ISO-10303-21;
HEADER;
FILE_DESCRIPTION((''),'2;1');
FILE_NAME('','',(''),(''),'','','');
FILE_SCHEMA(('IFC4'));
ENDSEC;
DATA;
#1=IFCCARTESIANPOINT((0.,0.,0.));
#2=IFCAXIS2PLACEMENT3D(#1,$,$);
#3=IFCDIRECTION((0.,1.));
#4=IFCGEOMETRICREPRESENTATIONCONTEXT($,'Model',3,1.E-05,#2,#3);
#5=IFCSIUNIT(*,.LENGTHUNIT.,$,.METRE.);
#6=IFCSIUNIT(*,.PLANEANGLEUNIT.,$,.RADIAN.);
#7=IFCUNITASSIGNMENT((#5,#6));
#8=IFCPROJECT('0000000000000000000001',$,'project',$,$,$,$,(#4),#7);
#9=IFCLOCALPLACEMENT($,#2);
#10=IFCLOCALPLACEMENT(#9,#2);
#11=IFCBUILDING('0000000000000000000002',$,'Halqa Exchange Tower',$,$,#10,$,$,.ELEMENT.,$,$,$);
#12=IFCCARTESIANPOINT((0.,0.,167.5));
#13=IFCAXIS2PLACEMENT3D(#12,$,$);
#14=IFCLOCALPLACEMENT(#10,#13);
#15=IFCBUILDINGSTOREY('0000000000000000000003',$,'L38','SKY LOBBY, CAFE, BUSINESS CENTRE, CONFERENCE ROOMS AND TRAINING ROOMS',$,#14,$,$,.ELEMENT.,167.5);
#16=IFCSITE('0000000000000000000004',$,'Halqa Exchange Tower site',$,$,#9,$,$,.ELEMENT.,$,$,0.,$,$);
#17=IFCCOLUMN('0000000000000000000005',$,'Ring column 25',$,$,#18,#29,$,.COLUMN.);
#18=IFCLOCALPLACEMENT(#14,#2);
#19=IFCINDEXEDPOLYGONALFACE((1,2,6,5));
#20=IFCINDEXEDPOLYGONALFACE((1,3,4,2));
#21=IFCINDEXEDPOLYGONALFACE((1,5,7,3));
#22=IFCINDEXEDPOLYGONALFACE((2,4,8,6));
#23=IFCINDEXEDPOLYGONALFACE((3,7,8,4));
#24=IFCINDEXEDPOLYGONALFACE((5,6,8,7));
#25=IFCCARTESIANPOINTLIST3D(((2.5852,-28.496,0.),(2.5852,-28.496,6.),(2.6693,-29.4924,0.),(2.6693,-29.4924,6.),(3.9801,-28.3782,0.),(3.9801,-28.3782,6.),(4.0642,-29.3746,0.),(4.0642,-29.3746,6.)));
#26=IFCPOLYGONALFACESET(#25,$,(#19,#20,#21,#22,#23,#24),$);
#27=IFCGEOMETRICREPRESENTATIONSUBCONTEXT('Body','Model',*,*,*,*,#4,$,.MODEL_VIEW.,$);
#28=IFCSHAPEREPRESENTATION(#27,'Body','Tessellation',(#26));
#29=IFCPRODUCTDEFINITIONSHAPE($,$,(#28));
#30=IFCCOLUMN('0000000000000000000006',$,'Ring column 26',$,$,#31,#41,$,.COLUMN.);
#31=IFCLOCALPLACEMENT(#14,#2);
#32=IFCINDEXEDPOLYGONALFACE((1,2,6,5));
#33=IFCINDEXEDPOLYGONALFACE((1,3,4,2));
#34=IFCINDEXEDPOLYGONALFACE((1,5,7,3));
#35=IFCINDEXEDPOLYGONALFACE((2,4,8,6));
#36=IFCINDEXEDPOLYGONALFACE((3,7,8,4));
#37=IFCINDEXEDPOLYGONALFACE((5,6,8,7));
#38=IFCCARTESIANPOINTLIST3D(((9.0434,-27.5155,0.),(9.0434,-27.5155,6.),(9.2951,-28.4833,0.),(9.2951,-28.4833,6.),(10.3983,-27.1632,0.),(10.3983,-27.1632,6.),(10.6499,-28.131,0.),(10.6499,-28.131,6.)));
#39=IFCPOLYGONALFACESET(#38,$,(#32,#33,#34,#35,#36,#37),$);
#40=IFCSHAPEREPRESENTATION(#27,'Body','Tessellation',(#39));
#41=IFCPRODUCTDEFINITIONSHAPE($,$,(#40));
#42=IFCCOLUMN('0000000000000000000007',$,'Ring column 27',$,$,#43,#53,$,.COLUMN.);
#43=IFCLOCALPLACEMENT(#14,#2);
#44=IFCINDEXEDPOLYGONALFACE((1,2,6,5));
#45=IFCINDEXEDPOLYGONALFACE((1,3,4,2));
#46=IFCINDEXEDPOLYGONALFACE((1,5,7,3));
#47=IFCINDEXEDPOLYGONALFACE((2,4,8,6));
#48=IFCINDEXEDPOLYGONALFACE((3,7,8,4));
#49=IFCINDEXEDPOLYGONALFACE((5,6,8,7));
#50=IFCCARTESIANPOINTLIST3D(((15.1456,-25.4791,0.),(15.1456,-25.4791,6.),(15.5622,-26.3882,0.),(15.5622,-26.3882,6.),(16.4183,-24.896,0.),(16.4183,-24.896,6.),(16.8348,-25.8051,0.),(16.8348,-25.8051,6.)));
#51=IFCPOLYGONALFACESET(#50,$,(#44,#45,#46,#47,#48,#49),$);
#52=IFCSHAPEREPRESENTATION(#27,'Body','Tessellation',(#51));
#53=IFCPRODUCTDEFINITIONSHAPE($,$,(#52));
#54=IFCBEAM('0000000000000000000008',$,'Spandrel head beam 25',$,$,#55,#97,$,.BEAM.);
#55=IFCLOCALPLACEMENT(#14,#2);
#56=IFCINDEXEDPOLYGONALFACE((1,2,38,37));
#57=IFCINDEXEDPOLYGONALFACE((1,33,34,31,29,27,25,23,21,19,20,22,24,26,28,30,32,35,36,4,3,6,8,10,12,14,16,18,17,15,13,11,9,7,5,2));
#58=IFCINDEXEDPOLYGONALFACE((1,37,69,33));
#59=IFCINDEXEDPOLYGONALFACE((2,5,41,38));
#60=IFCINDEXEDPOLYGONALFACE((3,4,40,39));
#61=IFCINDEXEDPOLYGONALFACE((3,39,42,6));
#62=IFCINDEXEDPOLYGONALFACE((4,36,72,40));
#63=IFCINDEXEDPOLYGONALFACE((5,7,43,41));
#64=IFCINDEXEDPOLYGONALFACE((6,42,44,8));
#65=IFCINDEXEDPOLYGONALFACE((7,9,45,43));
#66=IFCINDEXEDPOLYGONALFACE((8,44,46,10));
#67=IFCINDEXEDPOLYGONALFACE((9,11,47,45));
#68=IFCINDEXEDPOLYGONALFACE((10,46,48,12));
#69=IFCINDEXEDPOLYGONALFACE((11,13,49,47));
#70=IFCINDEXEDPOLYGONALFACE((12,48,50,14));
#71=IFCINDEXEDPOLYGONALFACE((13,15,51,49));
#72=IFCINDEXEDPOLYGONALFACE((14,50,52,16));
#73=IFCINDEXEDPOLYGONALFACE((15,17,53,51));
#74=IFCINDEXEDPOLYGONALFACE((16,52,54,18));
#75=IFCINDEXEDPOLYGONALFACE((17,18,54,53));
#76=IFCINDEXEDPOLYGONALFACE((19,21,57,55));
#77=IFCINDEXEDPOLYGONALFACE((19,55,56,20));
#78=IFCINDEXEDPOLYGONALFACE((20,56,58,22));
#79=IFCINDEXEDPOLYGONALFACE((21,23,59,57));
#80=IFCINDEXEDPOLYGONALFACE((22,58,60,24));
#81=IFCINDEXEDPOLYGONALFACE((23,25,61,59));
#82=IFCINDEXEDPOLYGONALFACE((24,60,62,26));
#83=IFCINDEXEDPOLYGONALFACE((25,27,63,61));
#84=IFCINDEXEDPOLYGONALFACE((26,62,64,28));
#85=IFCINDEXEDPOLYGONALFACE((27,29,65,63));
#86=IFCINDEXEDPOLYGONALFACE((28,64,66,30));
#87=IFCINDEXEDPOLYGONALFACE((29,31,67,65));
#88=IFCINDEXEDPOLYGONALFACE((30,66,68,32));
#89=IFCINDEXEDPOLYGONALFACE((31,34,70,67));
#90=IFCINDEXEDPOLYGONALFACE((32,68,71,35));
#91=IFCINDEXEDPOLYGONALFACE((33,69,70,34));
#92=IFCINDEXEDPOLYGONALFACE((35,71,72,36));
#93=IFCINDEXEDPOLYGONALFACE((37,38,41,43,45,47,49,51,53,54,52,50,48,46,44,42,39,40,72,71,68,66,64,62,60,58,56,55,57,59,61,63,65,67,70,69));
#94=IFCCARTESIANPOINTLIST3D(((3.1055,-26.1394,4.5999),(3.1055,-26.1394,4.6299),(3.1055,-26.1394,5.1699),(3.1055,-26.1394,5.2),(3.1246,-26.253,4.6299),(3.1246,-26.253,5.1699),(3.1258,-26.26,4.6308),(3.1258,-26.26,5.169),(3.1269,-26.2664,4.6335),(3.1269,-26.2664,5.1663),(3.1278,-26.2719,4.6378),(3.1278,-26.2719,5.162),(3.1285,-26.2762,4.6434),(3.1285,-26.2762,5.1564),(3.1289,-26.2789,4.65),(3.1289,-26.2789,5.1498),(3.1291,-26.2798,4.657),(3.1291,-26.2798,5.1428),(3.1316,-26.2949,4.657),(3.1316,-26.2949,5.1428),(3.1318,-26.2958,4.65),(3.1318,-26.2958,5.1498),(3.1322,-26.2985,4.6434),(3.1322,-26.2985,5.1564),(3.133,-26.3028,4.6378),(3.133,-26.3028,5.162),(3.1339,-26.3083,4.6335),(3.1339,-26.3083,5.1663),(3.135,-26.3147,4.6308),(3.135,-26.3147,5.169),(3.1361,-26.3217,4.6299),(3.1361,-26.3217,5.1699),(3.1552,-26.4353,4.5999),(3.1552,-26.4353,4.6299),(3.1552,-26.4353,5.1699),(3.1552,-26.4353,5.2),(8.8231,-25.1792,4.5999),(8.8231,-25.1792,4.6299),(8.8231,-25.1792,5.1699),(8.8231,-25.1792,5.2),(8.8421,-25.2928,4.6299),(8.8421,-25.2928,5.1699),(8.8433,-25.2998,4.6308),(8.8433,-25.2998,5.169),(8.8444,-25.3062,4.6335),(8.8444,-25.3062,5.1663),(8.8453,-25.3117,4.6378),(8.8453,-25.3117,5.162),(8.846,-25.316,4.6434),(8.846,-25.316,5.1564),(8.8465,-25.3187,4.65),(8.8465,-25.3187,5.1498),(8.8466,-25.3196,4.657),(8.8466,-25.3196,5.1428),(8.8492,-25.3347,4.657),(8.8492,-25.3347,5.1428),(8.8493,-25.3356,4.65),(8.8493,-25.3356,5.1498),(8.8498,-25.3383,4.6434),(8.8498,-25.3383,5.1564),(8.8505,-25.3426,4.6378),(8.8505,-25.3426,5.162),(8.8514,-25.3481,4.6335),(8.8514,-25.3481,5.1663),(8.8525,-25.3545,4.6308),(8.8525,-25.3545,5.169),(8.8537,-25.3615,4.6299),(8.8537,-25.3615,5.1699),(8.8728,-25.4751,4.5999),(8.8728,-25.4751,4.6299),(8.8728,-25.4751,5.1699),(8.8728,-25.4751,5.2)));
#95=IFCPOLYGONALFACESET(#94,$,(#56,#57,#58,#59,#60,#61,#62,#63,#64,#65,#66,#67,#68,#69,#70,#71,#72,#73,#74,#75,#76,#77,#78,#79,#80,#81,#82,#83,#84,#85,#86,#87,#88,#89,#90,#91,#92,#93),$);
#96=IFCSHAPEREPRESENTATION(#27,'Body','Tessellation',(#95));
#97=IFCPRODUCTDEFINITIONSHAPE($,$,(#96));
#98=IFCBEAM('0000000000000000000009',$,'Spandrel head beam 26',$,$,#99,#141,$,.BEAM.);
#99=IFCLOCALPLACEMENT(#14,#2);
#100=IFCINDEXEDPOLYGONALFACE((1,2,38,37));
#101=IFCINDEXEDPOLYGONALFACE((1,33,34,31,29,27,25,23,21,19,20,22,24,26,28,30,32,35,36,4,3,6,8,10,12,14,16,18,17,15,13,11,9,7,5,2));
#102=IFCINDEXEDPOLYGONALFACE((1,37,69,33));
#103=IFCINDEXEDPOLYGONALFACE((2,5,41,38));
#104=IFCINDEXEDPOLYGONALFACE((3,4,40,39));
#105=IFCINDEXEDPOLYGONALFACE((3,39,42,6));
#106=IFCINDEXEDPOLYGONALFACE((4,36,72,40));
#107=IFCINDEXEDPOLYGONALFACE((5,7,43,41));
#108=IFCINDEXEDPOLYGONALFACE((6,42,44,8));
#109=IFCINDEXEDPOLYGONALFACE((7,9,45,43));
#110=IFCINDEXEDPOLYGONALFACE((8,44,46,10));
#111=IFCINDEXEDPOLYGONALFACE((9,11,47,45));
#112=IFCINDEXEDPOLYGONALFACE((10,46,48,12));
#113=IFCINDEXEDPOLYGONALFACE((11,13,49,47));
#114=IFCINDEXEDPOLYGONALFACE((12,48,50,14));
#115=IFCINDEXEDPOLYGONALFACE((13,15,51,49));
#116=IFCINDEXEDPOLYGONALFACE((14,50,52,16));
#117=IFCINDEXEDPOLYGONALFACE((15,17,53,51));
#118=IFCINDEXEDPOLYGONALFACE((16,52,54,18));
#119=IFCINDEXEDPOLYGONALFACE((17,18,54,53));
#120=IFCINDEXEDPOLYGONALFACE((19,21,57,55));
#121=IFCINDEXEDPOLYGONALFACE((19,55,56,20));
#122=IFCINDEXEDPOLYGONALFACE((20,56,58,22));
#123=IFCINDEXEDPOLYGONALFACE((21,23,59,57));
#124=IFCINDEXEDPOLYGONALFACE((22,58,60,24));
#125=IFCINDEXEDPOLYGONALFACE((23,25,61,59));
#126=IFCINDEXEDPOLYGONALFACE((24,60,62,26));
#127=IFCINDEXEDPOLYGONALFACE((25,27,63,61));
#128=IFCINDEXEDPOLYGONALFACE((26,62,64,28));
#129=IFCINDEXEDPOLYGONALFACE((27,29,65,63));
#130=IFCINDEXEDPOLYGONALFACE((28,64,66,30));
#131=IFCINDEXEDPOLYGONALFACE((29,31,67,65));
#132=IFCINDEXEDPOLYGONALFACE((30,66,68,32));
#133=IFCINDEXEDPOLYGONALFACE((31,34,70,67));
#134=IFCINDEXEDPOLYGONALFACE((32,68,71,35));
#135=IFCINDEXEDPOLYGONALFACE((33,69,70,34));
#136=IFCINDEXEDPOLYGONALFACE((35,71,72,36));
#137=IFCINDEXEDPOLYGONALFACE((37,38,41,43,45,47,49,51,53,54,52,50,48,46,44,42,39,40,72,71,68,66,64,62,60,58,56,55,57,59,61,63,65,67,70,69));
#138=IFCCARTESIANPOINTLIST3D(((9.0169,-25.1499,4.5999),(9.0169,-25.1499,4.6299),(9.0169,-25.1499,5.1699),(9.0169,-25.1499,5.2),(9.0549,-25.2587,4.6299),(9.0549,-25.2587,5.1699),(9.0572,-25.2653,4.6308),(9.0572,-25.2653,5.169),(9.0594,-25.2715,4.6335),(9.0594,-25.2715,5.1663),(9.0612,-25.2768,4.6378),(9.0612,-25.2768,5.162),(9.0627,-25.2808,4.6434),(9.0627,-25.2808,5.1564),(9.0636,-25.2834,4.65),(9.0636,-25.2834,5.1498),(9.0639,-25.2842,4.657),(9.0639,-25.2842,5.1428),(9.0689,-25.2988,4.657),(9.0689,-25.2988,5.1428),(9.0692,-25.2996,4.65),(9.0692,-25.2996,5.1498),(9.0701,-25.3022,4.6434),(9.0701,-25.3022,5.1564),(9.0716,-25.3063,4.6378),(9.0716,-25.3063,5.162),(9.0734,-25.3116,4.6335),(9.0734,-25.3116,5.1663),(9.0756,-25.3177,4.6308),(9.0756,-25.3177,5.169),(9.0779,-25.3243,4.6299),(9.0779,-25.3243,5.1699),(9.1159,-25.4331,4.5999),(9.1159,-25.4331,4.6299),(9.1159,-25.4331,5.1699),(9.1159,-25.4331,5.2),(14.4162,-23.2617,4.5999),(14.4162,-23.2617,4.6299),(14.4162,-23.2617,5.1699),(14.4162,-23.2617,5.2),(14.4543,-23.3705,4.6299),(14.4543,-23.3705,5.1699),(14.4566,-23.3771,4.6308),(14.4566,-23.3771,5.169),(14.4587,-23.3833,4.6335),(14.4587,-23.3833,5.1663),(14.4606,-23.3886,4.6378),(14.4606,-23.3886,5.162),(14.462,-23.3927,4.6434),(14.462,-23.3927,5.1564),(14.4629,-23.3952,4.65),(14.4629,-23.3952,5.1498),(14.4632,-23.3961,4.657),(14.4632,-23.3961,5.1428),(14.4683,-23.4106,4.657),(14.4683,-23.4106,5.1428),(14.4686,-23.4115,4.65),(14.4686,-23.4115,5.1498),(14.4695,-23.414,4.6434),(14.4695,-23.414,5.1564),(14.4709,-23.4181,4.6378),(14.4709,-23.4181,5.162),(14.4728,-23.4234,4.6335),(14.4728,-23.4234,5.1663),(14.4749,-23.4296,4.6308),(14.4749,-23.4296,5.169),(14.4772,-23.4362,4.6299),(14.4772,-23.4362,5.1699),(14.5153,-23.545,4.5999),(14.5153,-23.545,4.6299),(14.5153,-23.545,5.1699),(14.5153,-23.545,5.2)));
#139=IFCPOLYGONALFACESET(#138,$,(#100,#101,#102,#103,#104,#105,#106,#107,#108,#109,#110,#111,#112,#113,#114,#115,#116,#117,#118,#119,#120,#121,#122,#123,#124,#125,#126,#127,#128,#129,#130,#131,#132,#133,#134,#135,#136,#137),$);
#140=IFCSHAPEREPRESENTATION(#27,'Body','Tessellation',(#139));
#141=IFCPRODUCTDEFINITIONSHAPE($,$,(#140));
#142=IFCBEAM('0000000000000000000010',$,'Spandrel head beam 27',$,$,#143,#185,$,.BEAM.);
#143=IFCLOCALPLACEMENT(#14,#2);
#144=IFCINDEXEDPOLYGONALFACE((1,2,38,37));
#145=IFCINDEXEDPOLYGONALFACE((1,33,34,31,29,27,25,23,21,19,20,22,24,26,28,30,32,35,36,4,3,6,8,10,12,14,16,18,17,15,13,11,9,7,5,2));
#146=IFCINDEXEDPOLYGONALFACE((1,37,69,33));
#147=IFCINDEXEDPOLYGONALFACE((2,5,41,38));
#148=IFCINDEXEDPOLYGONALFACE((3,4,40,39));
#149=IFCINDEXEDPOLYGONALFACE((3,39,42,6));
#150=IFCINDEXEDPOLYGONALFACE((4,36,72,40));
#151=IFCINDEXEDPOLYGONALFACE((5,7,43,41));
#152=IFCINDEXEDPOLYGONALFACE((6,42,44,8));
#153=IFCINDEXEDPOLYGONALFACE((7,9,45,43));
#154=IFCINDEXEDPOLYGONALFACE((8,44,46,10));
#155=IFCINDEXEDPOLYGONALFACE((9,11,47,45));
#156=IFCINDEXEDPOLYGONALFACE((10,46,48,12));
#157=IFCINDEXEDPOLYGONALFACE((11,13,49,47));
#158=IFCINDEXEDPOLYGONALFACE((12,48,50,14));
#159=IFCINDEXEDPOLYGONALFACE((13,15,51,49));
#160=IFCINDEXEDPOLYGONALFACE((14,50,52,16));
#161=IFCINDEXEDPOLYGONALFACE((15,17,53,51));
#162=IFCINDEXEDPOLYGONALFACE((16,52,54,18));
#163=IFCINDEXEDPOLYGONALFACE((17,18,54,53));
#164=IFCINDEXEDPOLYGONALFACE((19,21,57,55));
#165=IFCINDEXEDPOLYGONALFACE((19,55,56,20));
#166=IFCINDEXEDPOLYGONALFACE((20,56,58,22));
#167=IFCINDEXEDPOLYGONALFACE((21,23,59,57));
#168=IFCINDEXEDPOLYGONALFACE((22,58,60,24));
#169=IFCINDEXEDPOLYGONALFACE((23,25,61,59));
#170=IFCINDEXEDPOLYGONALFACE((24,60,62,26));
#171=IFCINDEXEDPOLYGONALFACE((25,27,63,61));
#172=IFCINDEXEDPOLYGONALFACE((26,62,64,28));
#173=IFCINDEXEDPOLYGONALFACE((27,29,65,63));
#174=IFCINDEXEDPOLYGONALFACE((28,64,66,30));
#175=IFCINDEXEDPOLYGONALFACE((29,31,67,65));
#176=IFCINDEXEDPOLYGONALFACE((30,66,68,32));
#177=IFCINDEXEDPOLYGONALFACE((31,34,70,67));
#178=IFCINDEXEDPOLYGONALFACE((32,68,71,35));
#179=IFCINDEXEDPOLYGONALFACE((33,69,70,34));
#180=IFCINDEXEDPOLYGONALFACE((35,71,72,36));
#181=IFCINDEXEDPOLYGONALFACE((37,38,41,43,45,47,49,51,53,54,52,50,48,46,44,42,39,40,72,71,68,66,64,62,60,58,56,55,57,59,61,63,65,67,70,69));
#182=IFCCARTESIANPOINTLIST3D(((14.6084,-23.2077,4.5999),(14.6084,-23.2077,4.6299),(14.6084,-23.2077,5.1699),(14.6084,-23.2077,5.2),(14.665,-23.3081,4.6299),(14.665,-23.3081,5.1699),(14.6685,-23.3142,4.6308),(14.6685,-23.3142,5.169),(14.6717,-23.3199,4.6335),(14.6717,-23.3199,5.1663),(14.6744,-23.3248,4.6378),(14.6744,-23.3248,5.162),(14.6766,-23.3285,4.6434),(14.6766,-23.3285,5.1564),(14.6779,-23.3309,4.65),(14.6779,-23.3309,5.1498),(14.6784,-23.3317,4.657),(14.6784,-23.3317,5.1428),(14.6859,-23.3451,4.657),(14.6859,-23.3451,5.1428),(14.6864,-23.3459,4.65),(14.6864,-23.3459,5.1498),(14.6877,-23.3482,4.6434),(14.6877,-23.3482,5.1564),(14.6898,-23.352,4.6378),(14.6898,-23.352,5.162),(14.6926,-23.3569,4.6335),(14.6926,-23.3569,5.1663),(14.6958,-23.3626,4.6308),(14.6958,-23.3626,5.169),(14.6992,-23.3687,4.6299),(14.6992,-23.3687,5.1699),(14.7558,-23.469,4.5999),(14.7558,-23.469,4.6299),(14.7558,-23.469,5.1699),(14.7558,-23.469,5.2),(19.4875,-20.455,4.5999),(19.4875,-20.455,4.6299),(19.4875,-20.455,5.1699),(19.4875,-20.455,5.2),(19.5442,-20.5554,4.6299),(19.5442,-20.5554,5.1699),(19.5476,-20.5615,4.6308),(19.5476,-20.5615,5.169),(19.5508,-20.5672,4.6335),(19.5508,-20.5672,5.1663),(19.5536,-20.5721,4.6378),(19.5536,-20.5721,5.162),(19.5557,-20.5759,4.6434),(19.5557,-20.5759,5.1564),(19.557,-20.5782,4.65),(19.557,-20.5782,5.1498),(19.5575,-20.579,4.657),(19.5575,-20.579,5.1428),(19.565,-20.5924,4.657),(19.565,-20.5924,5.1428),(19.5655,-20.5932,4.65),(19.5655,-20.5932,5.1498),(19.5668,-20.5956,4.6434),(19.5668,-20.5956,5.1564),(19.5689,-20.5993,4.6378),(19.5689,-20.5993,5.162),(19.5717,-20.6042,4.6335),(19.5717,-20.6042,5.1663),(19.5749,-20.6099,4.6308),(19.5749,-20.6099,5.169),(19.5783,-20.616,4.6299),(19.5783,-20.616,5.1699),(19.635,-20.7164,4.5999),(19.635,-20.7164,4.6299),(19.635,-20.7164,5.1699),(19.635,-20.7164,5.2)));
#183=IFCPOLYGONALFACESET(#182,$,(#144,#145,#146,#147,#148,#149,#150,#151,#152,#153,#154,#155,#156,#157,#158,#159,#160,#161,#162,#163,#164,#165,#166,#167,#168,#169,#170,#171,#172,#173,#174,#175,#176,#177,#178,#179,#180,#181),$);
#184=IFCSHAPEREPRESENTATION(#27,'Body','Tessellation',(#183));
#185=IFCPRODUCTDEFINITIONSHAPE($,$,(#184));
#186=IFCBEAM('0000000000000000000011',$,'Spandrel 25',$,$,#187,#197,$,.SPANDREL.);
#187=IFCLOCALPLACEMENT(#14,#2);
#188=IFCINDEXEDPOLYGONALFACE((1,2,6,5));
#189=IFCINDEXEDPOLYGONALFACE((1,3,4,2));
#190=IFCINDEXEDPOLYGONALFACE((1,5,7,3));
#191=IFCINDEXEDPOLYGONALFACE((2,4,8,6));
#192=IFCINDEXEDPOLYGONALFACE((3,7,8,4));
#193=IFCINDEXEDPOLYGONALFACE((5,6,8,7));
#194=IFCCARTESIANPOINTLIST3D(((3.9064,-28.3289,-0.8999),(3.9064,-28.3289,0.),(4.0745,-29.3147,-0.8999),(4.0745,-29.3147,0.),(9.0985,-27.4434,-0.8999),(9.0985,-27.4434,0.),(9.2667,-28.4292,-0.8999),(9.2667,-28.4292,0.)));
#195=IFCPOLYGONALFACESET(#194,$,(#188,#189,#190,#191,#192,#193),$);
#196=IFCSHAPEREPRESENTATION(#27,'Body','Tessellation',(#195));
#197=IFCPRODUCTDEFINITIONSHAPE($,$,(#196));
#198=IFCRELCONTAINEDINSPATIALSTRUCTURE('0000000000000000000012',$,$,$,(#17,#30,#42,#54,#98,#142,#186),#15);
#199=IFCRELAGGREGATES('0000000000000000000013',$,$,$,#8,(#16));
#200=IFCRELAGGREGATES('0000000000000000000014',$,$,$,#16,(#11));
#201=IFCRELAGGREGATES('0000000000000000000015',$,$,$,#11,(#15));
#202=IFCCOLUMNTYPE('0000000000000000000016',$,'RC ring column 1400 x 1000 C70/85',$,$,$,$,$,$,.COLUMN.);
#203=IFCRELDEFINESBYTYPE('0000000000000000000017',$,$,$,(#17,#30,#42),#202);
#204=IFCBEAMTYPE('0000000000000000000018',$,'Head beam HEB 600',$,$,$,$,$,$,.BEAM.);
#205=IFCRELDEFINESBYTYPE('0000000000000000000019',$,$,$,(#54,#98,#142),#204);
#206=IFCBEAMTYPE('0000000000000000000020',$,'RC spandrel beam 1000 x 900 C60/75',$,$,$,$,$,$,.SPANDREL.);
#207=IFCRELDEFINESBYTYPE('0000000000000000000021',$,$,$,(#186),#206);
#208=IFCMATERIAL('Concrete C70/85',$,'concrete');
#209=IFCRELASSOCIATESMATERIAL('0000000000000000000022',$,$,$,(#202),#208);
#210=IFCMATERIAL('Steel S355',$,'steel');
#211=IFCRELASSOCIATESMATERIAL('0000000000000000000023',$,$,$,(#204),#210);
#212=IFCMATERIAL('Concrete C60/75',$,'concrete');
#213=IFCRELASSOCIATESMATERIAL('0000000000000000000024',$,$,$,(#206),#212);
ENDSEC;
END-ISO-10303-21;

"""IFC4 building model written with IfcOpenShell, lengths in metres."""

from ifc_helpers import new_model, si_unit, direction, frame, origin, origin_2d, place, context, subcontext, project, spatial, rectangle, i_section, extrude, material, material_profile, profile_set, type_object, element, save


model = new_model("IFC4")

# Units and contexts
model_context = context("Model", 3, precision=1e-05, world=origin(), true_north=direction((0.0, 1.0)))
body_context = subcontext(model_context, "Body", "Model", "MODEL_VIEW")
ifc_project = project(units=[si_unit("LENGTHUNIT", "METRE"), si_unit("PLANEANGLEUNIT", "RADIAN")], contexts=[model_context])

# Site, building, storey
site_placement = place(None, origin())
site = spatial("IfcSite", under=ifc_project, at=site_placement, Name="Halqa Exchange Tower site", CompositionType="ELEMENT", RefElevation=0.0)
building_placement = place(site_placement, origin())
building = spatial("IfcBuilding", under=site, at=building_placement, Name="Halqa Exchange Tower", CompositionType="ELEMENT")
storey_placement = place(building_placement, frame((0.0, 0.0, 167.5)))
storey = spatial("IfcBuildingStorey", under=building, at=storey_placement, Name="L38", Description="SKY LOBBY, CAFE, BUSINESS CENTRE, CONFERENCE ROOMS AND TRAINING ROOMS", CompositionType="ELEMENT", Elevation=167.5)

# Columns
ifc_material_1 = material(Name="Concrete C70/85", Category="concrete")
ifc_material_profile_1 = material_profile(ifc_material_1, rectangle(XDim=1.3999, YDim=1.0, at=origin_2d()), Name="1400 x 1000")
ifc_profile_set_1 = profile_set([ifc_material_profile_1], Name="Concrete C70/85")
column_type = type_object("IfcColumnType", Name="RC ring column 1400 x 1000 C70/85", PredefinedType="COLUMN", material=ifc_profile_set_1)
for number, where, z_axis, x_axis, name in (
    (1, (3.3247, -28.9353, 0.0), (0.0, 0.0, 1.0), (0.996455, 0.084125, 0.0), "Ring column 25"),
    (2, (9.8467, -27.8232, 0.0), (0.0, 0.0, 1.0), (0.96782, 0.251645, 0.0), "Ring column 26"),
    (3, (15.9902, -25.6421, 0.0), (0.0, 0.0, 1.0), (0.909126, 0.41652, 0.0), "Ring column 27"),
):
    element("IfcColumn", number, at=place(storey_placement, frame(where, z_axis=z_axis, x_axis=x_axis)), inside=storey, type_object=column_type, Name=name, PredefinedType="COLUMN", context=body_context, shape_type="SweptSolid", body=[
        extrude(rectangle(XDim=1.3999, YDim=1.0, at=origin_2d()), origin(), (0.0, 0.0, 1.0), 6.0),
    ])

# Beams
ifc_material_2 = material(Name="Steel S355", Category="steel")
ifc_material_profile_2 = material_profile(ifc_material_2, i_section(OverallWidth=0.3, OverallDepth=0.6001, WebThickness=0.0154, FlangeThickness=0.03, FilletRadius=0.0271, at=origin_2d()), Name="HEB 600")
ifc_profile_set_2 = profile_set([ifc_material_profile_2], Name="Steel S355")
beam_type_1 = type_object("IfcBeamType", Name="Head beam HEB 600", PredefinedType="BEAM", material=ifc_profile_set_2)
beam_1_placement = place(storey_placement, frame((3.1304, -26.2874, 4.8999), z_axis=(0.986189, 0.165621, 0.0), x_axis=(-0.165621, 0.986189, 0.0)))
element("IfcBeam", 4, at=beam_1_placement, inside=storey, type_object=beam_type_1, Name="Spandrel head beam 25", PredefinedType="BEAM", context=body_context, shape_type="SweptSolid", body=[
    extrude(i_section(OverallWidth=0.3, OverallDepth=0.6001, WebThickness=0.0154, FlangeThickness=0.03, FilletRadius=0.0271, at=origin_2d()), origin(), (0.0, 0.0, 1.0), 5.7976),
])
beam_2_placement = place(storey_placement, frame((9.0664, -25.2915, 4.8999), z_axis=(0.943946, 0.330099, 0.0), x_axis=(-0.330099, 0.943946, 0.0)))
element("IfcBeam", 5, at=beam_2_placement, inside=storey, type_object=beam_type_1, Name="Spandrel head beam 26", PredefinedType="BEAM", context=body_context, shape_type="SweptSolid", body=[
    extrude(i_section(OverallWidth=0.3, OverallDepth=0.6001, WebThickness=0.0154, FlangeThickness=0.03, FilletRadius=0.0271, at=origin_2d()), origin(), (0.0, 0.0, 1.0), 5.72),
])
beam_3_placement = place(storey_placement, frame((14.6821, -23.3384, 4.8999), z_axis=(0.870952, 0.491368, 0.0), x_axis=(-0.491368, 0.870952, 0.0)))
element("IfcBeam", 6, at=beam_3_placement, inside=storey, type_object=beam_type_1, Name="Spandrel head beam 27", PredefinedType="BEAM", context=body_context, shape_type="SweptSolid", body=[
    extrude(i_section(OverallWidth=0.3, OverallDepth=0.6001, WebThickness=0.0154, FlangeThickness=0.03, FilletRadius=0.0271, at=origin_2d()), origin(), (0.0, 0.0, 1.0), 5.6021),
])
ifc_material_3 = material(Name="Concrete C60/75", Category="concrete")
ifc_material_profile_3 = material_profile(ifc_material_3, rectangle(XDim=1.0, YDim=0.8999, at=origin_2d()), Name="1000 x 900")
ifc_profile_set_3 = profile_set([ifc_material_profile_3], Name="Concrete C60/75")
beam_type_2 = type_object("IfcBeamType", Name="RC spandrel beam 1000 x 900 C60/75", PredefinedType="SPANDREL", material=ifc_profile_set_3)
beam_4_placement = place(storey_placement, frame((3.9905, -28.8218, -0.45), z_axis=(0.985767, 0.168119, 0.0), x_axis=(-0.168119, 0.985767, 0.0)))
element("IfcBeam", 7, at=beam_4_placement, inside=storey, type_object=beam_type_2, Name="Spandrel 25", PredefinedType="SPANDREL", context=body_context, shape_type="SweptSolid", body=[
    extrude(rectangle(XDim=1.0, YDim=0.8999, at=origin_2d()), origin(), (0.0, 0.0, 1.0), 5.2671),
])

save(model, "model.ifc")
